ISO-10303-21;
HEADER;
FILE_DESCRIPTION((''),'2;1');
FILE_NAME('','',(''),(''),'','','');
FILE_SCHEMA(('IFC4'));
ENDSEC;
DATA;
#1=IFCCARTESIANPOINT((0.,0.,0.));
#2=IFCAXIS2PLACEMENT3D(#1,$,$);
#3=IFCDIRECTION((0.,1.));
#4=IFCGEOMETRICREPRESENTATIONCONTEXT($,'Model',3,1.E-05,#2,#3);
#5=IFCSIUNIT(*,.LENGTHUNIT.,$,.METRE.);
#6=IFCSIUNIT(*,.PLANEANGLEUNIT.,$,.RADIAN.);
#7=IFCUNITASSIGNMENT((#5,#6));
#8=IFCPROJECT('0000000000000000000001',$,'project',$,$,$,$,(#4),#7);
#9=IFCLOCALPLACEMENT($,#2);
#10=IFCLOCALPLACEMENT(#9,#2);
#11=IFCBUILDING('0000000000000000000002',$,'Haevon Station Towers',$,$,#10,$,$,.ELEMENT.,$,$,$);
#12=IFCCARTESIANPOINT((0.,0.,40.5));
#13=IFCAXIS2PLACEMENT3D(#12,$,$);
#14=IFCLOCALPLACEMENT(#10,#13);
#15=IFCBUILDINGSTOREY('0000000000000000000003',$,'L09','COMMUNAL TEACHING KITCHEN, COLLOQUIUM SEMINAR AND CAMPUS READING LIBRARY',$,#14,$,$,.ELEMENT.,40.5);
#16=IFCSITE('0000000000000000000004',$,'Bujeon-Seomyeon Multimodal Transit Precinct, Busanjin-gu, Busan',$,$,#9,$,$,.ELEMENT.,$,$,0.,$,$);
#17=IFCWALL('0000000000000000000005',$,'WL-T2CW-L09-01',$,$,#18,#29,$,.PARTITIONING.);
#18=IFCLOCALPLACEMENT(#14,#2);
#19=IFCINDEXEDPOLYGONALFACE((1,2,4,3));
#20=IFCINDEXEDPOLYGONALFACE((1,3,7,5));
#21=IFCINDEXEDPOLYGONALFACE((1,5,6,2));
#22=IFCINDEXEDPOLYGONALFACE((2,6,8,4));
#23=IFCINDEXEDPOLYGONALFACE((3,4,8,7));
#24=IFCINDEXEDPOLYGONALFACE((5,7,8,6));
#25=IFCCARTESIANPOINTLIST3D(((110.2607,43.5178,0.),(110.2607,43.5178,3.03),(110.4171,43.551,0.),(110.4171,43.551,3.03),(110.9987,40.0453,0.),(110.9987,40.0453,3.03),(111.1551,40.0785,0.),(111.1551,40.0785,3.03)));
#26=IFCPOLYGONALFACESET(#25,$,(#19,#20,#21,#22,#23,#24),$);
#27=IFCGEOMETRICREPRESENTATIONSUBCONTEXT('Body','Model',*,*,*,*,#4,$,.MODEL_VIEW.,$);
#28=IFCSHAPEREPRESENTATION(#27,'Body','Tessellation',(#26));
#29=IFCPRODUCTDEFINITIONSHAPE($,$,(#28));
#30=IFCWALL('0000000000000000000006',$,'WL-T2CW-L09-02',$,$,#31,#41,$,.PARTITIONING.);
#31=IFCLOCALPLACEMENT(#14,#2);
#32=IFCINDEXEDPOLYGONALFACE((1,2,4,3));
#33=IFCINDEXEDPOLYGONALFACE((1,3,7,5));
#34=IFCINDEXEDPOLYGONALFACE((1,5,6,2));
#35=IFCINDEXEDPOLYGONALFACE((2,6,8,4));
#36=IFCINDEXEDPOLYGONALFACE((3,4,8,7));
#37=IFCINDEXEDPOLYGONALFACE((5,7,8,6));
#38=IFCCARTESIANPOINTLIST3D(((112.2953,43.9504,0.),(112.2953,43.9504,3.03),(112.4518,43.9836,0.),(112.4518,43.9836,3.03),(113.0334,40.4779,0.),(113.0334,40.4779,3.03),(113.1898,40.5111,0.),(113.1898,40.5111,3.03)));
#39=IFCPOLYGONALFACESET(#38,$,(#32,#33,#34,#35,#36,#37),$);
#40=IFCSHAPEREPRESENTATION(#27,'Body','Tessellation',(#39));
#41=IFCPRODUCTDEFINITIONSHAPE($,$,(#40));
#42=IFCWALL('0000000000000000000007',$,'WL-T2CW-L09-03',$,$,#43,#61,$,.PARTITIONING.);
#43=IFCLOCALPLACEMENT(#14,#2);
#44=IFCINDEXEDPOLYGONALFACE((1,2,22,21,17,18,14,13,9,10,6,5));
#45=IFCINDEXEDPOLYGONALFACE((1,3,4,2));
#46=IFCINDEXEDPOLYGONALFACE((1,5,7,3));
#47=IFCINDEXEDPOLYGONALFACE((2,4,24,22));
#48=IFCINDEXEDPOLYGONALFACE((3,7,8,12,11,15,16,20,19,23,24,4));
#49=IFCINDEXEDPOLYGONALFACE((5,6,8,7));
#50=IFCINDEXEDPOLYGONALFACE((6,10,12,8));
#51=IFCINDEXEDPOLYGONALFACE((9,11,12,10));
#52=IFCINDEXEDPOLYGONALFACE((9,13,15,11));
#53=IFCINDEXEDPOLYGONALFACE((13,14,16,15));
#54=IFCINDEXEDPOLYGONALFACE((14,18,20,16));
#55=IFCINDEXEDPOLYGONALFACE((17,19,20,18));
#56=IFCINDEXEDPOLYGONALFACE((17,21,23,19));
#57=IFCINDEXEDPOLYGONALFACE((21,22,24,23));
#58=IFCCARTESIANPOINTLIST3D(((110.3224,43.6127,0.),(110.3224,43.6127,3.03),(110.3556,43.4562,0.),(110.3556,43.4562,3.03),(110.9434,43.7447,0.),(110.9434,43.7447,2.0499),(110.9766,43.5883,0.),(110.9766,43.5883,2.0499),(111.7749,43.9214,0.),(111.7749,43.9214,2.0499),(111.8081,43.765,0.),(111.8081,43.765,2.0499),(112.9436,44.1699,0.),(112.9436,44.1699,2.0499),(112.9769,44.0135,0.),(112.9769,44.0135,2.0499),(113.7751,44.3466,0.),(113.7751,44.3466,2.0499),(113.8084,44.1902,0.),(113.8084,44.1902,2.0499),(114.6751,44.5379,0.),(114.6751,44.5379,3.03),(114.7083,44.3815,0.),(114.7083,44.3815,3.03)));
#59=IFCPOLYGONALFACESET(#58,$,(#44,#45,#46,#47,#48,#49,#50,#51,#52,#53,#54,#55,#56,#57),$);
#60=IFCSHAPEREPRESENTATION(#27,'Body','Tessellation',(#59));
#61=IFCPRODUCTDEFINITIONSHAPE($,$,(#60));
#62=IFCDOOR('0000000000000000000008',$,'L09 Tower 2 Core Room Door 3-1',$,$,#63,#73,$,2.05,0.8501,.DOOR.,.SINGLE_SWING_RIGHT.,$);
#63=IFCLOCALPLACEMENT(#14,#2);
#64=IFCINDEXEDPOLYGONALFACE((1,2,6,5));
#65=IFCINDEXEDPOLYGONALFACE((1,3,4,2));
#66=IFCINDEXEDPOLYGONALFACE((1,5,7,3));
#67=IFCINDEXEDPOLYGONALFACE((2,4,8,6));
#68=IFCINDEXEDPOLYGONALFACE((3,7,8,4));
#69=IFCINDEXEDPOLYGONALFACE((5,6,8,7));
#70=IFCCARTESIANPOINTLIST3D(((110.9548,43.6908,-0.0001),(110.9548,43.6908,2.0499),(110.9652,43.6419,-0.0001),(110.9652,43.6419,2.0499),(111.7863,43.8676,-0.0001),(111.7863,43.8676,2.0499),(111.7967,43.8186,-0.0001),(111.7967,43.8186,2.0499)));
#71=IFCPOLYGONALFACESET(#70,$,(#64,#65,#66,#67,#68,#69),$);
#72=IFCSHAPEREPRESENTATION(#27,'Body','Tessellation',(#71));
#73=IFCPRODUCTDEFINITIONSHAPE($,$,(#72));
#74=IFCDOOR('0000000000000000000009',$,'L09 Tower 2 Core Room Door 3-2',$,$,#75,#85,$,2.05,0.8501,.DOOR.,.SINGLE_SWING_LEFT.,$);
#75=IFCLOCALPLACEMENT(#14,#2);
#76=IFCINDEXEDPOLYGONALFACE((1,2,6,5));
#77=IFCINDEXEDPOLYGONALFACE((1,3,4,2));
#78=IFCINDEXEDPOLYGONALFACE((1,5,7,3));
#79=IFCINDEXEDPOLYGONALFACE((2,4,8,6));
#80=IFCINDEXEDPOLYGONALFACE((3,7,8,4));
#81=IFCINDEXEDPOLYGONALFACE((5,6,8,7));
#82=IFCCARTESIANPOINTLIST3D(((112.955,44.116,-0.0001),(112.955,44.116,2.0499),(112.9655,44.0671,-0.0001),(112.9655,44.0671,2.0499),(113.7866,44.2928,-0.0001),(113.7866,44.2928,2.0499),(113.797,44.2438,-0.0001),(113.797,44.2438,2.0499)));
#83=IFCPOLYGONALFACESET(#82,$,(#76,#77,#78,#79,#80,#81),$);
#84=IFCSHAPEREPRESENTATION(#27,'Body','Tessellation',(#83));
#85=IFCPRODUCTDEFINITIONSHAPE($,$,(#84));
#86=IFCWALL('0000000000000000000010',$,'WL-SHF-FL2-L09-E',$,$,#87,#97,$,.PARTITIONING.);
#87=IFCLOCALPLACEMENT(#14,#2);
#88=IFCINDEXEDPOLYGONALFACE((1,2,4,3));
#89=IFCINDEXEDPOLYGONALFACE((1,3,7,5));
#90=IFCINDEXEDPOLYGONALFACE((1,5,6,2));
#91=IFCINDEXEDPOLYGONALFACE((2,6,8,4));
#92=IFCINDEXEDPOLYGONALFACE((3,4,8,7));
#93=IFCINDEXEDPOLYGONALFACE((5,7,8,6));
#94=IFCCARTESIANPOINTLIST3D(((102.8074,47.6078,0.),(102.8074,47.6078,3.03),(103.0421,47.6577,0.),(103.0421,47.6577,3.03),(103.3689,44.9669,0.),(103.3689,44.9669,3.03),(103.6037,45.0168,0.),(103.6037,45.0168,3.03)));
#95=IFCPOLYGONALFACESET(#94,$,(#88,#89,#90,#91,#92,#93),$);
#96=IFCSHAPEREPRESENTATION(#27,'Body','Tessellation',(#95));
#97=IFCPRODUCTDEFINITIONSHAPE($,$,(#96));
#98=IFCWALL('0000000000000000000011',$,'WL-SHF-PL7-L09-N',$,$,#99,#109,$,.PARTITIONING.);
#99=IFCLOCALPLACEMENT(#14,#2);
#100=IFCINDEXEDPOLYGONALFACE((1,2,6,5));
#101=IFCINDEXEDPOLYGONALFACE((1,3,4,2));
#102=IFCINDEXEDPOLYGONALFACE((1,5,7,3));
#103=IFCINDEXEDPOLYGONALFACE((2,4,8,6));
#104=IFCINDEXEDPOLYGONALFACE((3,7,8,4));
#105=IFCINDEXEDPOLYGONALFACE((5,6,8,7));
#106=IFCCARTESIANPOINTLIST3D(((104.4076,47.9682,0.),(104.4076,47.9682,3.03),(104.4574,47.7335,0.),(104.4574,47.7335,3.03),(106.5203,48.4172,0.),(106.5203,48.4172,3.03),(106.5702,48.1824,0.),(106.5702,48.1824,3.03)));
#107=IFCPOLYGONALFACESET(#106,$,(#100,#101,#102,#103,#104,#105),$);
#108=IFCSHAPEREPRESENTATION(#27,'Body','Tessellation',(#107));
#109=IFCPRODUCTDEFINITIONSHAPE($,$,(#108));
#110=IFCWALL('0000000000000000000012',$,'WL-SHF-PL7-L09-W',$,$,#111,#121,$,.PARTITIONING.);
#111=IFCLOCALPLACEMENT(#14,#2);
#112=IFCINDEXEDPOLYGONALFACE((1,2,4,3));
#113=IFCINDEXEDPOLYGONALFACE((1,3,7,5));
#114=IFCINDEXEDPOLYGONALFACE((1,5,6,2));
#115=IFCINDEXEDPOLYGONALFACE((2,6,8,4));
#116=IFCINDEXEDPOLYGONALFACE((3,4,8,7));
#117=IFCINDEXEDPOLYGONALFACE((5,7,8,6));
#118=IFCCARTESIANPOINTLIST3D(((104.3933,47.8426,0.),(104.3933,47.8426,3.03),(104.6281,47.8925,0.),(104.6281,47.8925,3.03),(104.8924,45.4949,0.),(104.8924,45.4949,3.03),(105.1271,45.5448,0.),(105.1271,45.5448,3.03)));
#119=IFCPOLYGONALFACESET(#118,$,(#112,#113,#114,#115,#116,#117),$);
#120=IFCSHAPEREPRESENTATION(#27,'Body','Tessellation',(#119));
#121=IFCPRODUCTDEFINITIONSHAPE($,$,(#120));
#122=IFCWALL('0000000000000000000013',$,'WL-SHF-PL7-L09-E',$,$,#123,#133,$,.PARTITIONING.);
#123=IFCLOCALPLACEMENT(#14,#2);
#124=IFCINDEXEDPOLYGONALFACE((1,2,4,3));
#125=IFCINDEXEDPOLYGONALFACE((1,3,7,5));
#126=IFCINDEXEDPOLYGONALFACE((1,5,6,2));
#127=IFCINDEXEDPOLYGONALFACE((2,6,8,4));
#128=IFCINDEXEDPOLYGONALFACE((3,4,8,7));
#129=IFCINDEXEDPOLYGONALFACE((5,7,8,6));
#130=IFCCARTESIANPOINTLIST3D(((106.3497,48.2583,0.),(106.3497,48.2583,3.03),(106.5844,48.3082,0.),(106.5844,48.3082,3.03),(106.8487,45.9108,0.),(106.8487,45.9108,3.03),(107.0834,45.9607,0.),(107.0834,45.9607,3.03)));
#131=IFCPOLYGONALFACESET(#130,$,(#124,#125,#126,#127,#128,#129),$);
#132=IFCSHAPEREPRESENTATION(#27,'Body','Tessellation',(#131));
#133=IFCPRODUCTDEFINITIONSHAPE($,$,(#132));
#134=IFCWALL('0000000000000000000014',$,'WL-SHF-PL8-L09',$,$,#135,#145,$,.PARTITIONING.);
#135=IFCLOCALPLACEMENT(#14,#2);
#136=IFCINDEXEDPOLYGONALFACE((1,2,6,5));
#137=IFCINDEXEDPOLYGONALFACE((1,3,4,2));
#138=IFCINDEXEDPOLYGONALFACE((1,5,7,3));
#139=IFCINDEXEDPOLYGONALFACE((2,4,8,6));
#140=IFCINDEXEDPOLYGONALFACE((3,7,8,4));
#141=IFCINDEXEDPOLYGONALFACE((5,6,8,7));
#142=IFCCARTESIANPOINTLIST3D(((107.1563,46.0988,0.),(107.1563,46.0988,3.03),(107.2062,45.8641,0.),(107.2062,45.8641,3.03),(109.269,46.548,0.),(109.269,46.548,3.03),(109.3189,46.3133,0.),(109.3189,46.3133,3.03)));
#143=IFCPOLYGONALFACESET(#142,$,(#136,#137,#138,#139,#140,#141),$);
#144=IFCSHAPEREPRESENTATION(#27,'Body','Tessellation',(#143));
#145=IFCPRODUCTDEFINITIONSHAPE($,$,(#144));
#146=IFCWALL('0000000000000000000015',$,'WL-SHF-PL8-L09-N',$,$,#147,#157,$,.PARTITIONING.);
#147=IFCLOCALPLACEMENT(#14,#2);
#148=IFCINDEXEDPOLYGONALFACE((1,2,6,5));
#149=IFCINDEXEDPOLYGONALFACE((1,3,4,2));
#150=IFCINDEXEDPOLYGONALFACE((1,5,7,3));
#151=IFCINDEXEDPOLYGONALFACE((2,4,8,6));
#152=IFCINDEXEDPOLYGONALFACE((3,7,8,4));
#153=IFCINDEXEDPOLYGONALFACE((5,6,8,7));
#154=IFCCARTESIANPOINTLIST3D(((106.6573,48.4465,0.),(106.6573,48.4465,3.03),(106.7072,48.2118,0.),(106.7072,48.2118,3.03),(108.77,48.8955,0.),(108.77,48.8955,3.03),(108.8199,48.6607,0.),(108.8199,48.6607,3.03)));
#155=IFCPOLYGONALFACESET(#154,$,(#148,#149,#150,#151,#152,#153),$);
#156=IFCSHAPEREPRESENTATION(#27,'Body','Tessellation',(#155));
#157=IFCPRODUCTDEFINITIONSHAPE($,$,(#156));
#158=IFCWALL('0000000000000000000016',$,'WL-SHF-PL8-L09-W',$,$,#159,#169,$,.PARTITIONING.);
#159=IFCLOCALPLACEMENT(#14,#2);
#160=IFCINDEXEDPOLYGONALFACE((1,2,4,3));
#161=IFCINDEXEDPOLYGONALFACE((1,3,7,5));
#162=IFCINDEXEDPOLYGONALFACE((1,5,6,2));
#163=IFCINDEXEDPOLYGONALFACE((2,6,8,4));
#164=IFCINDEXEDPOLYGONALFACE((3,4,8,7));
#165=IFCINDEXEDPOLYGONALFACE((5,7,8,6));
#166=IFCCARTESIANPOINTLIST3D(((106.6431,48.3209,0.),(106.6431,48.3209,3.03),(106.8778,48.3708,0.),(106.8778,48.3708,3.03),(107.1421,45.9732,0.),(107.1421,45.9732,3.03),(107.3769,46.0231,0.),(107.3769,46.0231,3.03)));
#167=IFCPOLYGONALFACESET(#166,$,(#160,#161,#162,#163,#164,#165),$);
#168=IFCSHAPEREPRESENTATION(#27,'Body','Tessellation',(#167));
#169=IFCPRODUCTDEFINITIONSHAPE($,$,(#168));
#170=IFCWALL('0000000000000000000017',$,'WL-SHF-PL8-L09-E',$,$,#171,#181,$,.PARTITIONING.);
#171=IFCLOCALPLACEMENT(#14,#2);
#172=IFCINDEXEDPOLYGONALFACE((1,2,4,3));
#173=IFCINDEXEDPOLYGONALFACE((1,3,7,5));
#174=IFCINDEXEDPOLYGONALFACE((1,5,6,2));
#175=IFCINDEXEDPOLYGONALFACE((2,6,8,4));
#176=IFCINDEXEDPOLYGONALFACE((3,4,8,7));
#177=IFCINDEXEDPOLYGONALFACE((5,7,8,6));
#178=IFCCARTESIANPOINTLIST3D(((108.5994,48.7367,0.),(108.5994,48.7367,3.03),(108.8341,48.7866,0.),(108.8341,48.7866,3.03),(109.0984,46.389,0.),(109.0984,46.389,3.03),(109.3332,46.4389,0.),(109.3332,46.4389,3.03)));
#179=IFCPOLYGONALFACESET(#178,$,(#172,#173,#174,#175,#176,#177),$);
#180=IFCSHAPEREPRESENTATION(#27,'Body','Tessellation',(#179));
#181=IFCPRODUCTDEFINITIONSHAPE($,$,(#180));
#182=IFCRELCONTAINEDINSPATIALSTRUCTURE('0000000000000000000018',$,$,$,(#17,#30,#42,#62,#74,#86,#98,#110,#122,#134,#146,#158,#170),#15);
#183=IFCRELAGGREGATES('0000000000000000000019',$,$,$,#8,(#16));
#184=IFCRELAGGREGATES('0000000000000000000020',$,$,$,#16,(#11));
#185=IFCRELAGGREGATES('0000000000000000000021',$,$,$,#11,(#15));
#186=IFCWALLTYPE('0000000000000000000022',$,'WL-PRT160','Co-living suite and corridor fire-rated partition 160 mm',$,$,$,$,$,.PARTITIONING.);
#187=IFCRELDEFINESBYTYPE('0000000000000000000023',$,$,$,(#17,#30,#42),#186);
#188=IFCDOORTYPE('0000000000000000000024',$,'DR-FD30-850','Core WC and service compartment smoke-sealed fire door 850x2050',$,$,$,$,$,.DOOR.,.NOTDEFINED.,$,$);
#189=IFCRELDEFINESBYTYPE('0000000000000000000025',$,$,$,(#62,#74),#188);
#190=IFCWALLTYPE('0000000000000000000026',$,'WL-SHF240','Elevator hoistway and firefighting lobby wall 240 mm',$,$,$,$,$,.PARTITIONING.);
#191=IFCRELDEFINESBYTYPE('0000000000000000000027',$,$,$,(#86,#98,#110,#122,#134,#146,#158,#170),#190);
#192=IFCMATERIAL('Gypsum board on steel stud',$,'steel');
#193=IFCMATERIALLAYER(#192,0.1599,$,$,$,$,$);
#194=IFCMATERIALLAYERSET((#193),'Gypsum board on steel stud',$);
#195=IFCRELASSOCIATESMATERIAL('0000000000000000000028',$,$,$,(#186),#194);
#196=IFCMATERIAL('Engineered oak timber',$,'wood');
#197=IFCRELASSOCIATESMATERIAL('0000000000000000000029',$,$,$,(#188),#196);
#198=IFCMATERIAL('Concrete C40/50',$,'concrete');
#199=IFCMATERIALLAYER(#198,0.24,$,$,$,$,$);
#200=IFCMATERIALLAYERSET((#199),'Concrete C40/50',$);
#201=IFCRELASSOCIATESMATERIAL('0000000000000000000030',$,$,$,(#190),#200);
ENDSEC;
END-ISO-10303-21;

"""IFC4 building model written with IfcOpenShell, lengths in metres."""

from ifc_helpers import new_model, si_unit, direction, frame, frame_2d, origin, place, context, subcontext, project, spatial, rectangle, extrude, material, layer, layer_set, type_object, element, fill, save


model = new_model("IFC4")

# Units and contexts
model_context = context("Model", 3, precision=1e-05, world=origin(), true_north=direction((0.0, 1.0)))
body_context = subcontext(model_context, "Body", "Model", "MODEL_VIEW")
ifc_project = project(units=[si_unit("LENGTHUNIT", "METRE"), si_unit("PLANEANGLEUNIT", "RADIAN")], contexts=[model_context])

# Site, building, storey
site_placement = place(None, origin())
site = spatial("IfcSite", under=ifc_project, at=site_placement, Name="Bujeon-Seomyeon Multimodal Transit Precinct, Busanjin-gu, Busan", CompositionType="ELEMENT", RefElevation=0.0)
building_placement = place(site_placement, origin())
building = spatial("IfcBuilding", under=site, at=building_placement, Name="Haevon Station Towers", CompositionType="ELEMENT")
storey_placement = place(building_placement, frame((0.0, 0.0, 40.5)))
storey = spatial("IfcBuildingStorey", under=building, at=storey_placement, Name="L09", Description="COMMUNAL TEACHING KITCHEN, COLLOQUIUM SEMINAR AND CAMPUS READING LIBRARY", CompositionType="ELEMENT", Elevation=40.5)

# Shared definitions
ifc_material_1 = material(Name="Gypsum board on steel stud", Category="steel")
ifc_material_2 = material(Name="Engineered oak timber", Category="wood")

# Walls
ifc_layer_1 = layer(ifc_material_1, 0.1599)
ifc_layer_set_1 = layer_set([ifc_layer_1], Name="Gypsum board on steel stud")
wall_type_1 = type_object("IfcWallType", Name="WL-PRT160", Description="Co-living suite and corridor fire-rated partition 160 mm", PredefinedType="PARTITIONING", material=ifc_layer_set_1)
for number, where, z_axis, x_axis, name in (
    (1, (111.0769, 40.062, 0.0), (0.0, 0.0, 1.0), (-0.207899, 0.97815, 0.0), "WL-T2CW-L09-01"),
    (2, (113.1116, 40.4946, 0.0), (0.0, 0.0, 1.0), (-0.207899, 0.97815, 0.0), "WL-T2CW-L09-02"),
):
    element("IfcWall", number, at=place(storey_placement, frame(where, z_axis=z_axis, x_axis=x_axis)), inside=storey, type_object=wall_type_1, Name=name, PredefinedType="PARTITIONING", context=body_context, shape_type="SweptSolid", body=[
        extrude(rectangle(XDim=3.55, YDim=0.1599, at=frame_2d((1.7749, 0.0))), origin(), (0.0, 0.0, 1.0), 3.03),
    ])

# Wall, openings, doors
wall_1_placement = place(storey_placement, frame((110.3389, 43.5344, 0.0), z_axis=(0.0, 0.0, 1.0), x_axis=(0.978144, 0.207929, 0.0)))
wall_1 = element("IfcWall", 3, at=wall_1_placement, inside=storey, type_object=wall_type_1, Name="WL-T2CW-L09-03", PredefinedType="PARTITIONING", context=body_context, shape_type="SweptSolid", body=[
    extrude(rectangle(XDim=4.45, YDim=0.1599, at=frame_2d((2.2251, 0.0))), origin(), (0.0, 0.0, 1.0), 3.03),
])
opening_1_placement = place(wall_1_placement, frame((0.635, 0.0, 0.0)))
opening_1 = element("IfcOpeningElement", 4, at=opening_1_placement, cuts=wall_1, PredefinedType="OPENING", context=body_context, shape_type="SweptSolid", body=[
    extrude(rectangle(XDim=0.8501, YDim=2.05, at=frame_2d((0.425, 1.0249))), frame((0.0, 0.0898, 0.0), z_axis=(0.0, -1.0, 0.0), x_axis=(1.0, 0.0, 0.0)), (0.0, 0.0, 1.0), 0.1799),
])
opening_2_placement = place(wall_1_placement, frame((2.6799, 0.0, 0.0)))
opening_2 = element("IfcOpeningElement", 5, at=opening_2_placement, cuts=wall_1, PredefinedType="OPENING", context=body_context, shape_type="SweptSolid", body=[
    extrude(rectangle(XDim=0.8501, YDim=2.05, at=frame_2d((0.425, 1.0249))), frame((0.0, 0.0898, 0.0), z_axis=(0.0, -1.0, 0.0), x_axis=(1.0, 0.0, 0.0)), (0.0, 0.0, 1.0), 0.1799),
])
door_type_1 = type_object("IfcDoorType", Name="DR-FD30-850", Description="Core WC and service compartment smoke-sealed fire door 850x2050", OperationType="NOTDEFINED", PredefinedType="DOOR", material=ifc_material_2)
door_1_placement = place(opening_1_placement, origin())
door_1 = element("IfcDoor", 6, at=door_1_placement, inside=storey, type_object=door_type_1, Name="L09 Tower 2 Core Room Door 3-1", OperationType="SINGLE_SWING_RIGHT", OverallHeight=2.05, OverallWidth=0.8501, PredefinedType="DOOR", context=body_context, shape_type="SweptSolid", body=[
    extrude(rectangle(XDim=0.8501, YDim=2.05, at=frame_2d((0.425, 1.0249))), frame((0.0, 0.0249, 0.0), z_axis=(0.0, -1.0, 0.0), x_axis=(1.0, 0.0, 0.0)), (0.0, 0.0, 1.0), 0.05),
])
fill(opening_1, door_1)
door_2_placement = place(opening_2_placement, origin())
door_2 = element("IfcDoor", 7, at=door_2_placement, inside=storey, type_object=door_type_1, Name="L09 Tower 2 Core Room Door 3-2", OperationType="SINGLE_SWING_LEFT", OverallHeight=2.05, OverallWidth=0.8501, PredefinedType="DOOR", context=body_context, shape_type="SweptSolid", body=[
    extrude(rectangle(XDim=0.8501, YDim=2.05, at=frame_2d((0.425, 1.0249))), frame((0.0, 0.0249, 0.0), z_axis=(0.0, -1.0, 0.0), x_axis=(1.0, 0.0, 0.0)), (0.0, 0.0, 1.0), 0.05),
])
fill(opening_2, door_2)

# Wall
ifc_material_3 = material(Name="Concrete C40/50", Category="concrete")
ifc_layer_2 = layer(ifc_material_3, 0.24)
ifc_layer_set_2 = layer_set([ifc_layer_2], Name="Concrete C40/50")
wall_type_2 = type_object("IfcWallType", Name="WL-SHF240", Description="Elevator hoistway and firefighting lobby wall 240 mm", PredefinedType="PARTITIONING", material=ifc_layer_set_2)
wall_2_placement = place(storey_placement, frame((103.4863, 44.9917, 0.0), z_axis=(0.0, 0.0, 1.0), x_axis=(-0.207979, 0.978133, 0.0)))
element("IfcWall", 8, at=wall_2_placement, inside=storey, type_object=wall_type_2, Name="WL-SHF-FL2-L09-E", PredefinedType="PARTITIONING", context=body_context, shape_type="SweptSolid", body=[
    extrude(rectangle(XDim=2.7, YDim=0.24, at=frame_2d((1.3501, 0.0))), origin(), (0.0, 0.0, 1.0), 3.03),
])

# Walls
wall_3_placement = place(storey_placement, frame((104.4324, 47.8508, 0.0), z_axis=(0.0, 0.0, 1.0), x_axis=(0.978158, 0.207861, 0.0)))
element("IfcWall", 9, at=wall_3_placement, inside=storey, type_object=wall_type_2, Name="WL-SHF-PL7-L09-N", PredefinedType="PARTITIONING", context=body_context, shape_type="SweptSolid", body=[
    extrude(rectangle(XDim=2.1599, YDim=0.24, at=frame_2d((1.0801, 0.0))), origin(), (0.0, 0.0, 1.0), 3.03),
])
wall_4_placement = place(storey_placement, frame((105.0098, 45.5198, 0.0), z_axis=(0.0, 0.0, 1.0), x_axis=(-0.207917, 0.978146, 0.0)))
element("IfcWall", 10, at=wall_4_placement, inside=storey, type_object=wall_type_2, Name="WL-SHF-PL7-L09-W", PredefinedType="PARTITIONING", context=body_context, shape_type="SweptSolid", body=[
    extrude(rectangle(XDim=2.4001, YDim=0.24, at=frame_2d((1.2002, 0.0))), origin(), (0.0, 0.0, 1.0), 3.03),
])
wall_5_placement = place(storey_placement, frame((106.9661, 45.9358, 0.0), z_axis=(0.0, 0.0, 1.0), x_axis=(-0.207938, 0.978142, 0.0)))
element("IfcWall", 11, at=wall_5_placement, inside=storey, type_object=wall_type_2, Name="WL-SHF-PL7-L09-E", PredefinedType="PARTITIONING", context=body_context, shape_type="SweptSolid", body=[
    extrude(rectangle(XDim=2.3999, YDim=0.24, at=frame_2d((1.2, 0.0))), origin(), (0.0, 0.0, 1.0), 3.03),
])
for number, where, z_axis, x_axis, name in (
    (12, (107.1812, 45.9814, 0.0), (0.0, 0.0, 1.0), (0.978135, 0.20797, 0.0), "WL-SHF-PL8-L09"),
    (13, (106.6821, 48.3291, 0.0), (0.0, 0.0, 1.0), (0.978158, 0.207861, 0.0), "WL-SHF-PL8-L09-N"),
):
    element("IfcWall", number, at=place(storey_placement, frame(where, z_axis=z_axis, x_axis=x_axis)), inside=storey, type_object=wall_type_2, Name=name, PredefinedType="PARTITIONING", context=body_context, shape_type="SweptSolid", body=[
        extrude(rectangle(XDim=2.1599, YDim=0.24, at=frame_2d((1.0801, 0.0))), origin(), (0.0, 0.0, 1.0), 3.03),
    ])
for number, where, z_axis, x_axis, name in (
    (14, (107.2595, 45.998, 0.0), (0.0, 0.0, 1.0), (-0.207917, 0.978146, 0.0), "WL-SHF-PL8-L09-W"),
    (15, (109.2158, 46.4138, 0.0), (0.0, 0.0, 1.0), (-0.207917, 0.978146, 0.0), "WL-SHF-PL8-L09-E"),
):
    element("IfcWall", number, at=place(storey_placement, frame(where, z_axis=z_axis, x_axis=x_axis)), inside=storey, type_object=wall_type_2, Name=name, PredefinedType="PARTITIONING", context=body_context, shape_type="SweptSolid", body=[
        extrude(rectangle(XDim=2.4001, YDim=0.24, at=frame_2d((1.2002, 0.0))), origin(), (0.0, 0.0, 1.0), 3.03),
    ])

save(model, "model.ifc")
